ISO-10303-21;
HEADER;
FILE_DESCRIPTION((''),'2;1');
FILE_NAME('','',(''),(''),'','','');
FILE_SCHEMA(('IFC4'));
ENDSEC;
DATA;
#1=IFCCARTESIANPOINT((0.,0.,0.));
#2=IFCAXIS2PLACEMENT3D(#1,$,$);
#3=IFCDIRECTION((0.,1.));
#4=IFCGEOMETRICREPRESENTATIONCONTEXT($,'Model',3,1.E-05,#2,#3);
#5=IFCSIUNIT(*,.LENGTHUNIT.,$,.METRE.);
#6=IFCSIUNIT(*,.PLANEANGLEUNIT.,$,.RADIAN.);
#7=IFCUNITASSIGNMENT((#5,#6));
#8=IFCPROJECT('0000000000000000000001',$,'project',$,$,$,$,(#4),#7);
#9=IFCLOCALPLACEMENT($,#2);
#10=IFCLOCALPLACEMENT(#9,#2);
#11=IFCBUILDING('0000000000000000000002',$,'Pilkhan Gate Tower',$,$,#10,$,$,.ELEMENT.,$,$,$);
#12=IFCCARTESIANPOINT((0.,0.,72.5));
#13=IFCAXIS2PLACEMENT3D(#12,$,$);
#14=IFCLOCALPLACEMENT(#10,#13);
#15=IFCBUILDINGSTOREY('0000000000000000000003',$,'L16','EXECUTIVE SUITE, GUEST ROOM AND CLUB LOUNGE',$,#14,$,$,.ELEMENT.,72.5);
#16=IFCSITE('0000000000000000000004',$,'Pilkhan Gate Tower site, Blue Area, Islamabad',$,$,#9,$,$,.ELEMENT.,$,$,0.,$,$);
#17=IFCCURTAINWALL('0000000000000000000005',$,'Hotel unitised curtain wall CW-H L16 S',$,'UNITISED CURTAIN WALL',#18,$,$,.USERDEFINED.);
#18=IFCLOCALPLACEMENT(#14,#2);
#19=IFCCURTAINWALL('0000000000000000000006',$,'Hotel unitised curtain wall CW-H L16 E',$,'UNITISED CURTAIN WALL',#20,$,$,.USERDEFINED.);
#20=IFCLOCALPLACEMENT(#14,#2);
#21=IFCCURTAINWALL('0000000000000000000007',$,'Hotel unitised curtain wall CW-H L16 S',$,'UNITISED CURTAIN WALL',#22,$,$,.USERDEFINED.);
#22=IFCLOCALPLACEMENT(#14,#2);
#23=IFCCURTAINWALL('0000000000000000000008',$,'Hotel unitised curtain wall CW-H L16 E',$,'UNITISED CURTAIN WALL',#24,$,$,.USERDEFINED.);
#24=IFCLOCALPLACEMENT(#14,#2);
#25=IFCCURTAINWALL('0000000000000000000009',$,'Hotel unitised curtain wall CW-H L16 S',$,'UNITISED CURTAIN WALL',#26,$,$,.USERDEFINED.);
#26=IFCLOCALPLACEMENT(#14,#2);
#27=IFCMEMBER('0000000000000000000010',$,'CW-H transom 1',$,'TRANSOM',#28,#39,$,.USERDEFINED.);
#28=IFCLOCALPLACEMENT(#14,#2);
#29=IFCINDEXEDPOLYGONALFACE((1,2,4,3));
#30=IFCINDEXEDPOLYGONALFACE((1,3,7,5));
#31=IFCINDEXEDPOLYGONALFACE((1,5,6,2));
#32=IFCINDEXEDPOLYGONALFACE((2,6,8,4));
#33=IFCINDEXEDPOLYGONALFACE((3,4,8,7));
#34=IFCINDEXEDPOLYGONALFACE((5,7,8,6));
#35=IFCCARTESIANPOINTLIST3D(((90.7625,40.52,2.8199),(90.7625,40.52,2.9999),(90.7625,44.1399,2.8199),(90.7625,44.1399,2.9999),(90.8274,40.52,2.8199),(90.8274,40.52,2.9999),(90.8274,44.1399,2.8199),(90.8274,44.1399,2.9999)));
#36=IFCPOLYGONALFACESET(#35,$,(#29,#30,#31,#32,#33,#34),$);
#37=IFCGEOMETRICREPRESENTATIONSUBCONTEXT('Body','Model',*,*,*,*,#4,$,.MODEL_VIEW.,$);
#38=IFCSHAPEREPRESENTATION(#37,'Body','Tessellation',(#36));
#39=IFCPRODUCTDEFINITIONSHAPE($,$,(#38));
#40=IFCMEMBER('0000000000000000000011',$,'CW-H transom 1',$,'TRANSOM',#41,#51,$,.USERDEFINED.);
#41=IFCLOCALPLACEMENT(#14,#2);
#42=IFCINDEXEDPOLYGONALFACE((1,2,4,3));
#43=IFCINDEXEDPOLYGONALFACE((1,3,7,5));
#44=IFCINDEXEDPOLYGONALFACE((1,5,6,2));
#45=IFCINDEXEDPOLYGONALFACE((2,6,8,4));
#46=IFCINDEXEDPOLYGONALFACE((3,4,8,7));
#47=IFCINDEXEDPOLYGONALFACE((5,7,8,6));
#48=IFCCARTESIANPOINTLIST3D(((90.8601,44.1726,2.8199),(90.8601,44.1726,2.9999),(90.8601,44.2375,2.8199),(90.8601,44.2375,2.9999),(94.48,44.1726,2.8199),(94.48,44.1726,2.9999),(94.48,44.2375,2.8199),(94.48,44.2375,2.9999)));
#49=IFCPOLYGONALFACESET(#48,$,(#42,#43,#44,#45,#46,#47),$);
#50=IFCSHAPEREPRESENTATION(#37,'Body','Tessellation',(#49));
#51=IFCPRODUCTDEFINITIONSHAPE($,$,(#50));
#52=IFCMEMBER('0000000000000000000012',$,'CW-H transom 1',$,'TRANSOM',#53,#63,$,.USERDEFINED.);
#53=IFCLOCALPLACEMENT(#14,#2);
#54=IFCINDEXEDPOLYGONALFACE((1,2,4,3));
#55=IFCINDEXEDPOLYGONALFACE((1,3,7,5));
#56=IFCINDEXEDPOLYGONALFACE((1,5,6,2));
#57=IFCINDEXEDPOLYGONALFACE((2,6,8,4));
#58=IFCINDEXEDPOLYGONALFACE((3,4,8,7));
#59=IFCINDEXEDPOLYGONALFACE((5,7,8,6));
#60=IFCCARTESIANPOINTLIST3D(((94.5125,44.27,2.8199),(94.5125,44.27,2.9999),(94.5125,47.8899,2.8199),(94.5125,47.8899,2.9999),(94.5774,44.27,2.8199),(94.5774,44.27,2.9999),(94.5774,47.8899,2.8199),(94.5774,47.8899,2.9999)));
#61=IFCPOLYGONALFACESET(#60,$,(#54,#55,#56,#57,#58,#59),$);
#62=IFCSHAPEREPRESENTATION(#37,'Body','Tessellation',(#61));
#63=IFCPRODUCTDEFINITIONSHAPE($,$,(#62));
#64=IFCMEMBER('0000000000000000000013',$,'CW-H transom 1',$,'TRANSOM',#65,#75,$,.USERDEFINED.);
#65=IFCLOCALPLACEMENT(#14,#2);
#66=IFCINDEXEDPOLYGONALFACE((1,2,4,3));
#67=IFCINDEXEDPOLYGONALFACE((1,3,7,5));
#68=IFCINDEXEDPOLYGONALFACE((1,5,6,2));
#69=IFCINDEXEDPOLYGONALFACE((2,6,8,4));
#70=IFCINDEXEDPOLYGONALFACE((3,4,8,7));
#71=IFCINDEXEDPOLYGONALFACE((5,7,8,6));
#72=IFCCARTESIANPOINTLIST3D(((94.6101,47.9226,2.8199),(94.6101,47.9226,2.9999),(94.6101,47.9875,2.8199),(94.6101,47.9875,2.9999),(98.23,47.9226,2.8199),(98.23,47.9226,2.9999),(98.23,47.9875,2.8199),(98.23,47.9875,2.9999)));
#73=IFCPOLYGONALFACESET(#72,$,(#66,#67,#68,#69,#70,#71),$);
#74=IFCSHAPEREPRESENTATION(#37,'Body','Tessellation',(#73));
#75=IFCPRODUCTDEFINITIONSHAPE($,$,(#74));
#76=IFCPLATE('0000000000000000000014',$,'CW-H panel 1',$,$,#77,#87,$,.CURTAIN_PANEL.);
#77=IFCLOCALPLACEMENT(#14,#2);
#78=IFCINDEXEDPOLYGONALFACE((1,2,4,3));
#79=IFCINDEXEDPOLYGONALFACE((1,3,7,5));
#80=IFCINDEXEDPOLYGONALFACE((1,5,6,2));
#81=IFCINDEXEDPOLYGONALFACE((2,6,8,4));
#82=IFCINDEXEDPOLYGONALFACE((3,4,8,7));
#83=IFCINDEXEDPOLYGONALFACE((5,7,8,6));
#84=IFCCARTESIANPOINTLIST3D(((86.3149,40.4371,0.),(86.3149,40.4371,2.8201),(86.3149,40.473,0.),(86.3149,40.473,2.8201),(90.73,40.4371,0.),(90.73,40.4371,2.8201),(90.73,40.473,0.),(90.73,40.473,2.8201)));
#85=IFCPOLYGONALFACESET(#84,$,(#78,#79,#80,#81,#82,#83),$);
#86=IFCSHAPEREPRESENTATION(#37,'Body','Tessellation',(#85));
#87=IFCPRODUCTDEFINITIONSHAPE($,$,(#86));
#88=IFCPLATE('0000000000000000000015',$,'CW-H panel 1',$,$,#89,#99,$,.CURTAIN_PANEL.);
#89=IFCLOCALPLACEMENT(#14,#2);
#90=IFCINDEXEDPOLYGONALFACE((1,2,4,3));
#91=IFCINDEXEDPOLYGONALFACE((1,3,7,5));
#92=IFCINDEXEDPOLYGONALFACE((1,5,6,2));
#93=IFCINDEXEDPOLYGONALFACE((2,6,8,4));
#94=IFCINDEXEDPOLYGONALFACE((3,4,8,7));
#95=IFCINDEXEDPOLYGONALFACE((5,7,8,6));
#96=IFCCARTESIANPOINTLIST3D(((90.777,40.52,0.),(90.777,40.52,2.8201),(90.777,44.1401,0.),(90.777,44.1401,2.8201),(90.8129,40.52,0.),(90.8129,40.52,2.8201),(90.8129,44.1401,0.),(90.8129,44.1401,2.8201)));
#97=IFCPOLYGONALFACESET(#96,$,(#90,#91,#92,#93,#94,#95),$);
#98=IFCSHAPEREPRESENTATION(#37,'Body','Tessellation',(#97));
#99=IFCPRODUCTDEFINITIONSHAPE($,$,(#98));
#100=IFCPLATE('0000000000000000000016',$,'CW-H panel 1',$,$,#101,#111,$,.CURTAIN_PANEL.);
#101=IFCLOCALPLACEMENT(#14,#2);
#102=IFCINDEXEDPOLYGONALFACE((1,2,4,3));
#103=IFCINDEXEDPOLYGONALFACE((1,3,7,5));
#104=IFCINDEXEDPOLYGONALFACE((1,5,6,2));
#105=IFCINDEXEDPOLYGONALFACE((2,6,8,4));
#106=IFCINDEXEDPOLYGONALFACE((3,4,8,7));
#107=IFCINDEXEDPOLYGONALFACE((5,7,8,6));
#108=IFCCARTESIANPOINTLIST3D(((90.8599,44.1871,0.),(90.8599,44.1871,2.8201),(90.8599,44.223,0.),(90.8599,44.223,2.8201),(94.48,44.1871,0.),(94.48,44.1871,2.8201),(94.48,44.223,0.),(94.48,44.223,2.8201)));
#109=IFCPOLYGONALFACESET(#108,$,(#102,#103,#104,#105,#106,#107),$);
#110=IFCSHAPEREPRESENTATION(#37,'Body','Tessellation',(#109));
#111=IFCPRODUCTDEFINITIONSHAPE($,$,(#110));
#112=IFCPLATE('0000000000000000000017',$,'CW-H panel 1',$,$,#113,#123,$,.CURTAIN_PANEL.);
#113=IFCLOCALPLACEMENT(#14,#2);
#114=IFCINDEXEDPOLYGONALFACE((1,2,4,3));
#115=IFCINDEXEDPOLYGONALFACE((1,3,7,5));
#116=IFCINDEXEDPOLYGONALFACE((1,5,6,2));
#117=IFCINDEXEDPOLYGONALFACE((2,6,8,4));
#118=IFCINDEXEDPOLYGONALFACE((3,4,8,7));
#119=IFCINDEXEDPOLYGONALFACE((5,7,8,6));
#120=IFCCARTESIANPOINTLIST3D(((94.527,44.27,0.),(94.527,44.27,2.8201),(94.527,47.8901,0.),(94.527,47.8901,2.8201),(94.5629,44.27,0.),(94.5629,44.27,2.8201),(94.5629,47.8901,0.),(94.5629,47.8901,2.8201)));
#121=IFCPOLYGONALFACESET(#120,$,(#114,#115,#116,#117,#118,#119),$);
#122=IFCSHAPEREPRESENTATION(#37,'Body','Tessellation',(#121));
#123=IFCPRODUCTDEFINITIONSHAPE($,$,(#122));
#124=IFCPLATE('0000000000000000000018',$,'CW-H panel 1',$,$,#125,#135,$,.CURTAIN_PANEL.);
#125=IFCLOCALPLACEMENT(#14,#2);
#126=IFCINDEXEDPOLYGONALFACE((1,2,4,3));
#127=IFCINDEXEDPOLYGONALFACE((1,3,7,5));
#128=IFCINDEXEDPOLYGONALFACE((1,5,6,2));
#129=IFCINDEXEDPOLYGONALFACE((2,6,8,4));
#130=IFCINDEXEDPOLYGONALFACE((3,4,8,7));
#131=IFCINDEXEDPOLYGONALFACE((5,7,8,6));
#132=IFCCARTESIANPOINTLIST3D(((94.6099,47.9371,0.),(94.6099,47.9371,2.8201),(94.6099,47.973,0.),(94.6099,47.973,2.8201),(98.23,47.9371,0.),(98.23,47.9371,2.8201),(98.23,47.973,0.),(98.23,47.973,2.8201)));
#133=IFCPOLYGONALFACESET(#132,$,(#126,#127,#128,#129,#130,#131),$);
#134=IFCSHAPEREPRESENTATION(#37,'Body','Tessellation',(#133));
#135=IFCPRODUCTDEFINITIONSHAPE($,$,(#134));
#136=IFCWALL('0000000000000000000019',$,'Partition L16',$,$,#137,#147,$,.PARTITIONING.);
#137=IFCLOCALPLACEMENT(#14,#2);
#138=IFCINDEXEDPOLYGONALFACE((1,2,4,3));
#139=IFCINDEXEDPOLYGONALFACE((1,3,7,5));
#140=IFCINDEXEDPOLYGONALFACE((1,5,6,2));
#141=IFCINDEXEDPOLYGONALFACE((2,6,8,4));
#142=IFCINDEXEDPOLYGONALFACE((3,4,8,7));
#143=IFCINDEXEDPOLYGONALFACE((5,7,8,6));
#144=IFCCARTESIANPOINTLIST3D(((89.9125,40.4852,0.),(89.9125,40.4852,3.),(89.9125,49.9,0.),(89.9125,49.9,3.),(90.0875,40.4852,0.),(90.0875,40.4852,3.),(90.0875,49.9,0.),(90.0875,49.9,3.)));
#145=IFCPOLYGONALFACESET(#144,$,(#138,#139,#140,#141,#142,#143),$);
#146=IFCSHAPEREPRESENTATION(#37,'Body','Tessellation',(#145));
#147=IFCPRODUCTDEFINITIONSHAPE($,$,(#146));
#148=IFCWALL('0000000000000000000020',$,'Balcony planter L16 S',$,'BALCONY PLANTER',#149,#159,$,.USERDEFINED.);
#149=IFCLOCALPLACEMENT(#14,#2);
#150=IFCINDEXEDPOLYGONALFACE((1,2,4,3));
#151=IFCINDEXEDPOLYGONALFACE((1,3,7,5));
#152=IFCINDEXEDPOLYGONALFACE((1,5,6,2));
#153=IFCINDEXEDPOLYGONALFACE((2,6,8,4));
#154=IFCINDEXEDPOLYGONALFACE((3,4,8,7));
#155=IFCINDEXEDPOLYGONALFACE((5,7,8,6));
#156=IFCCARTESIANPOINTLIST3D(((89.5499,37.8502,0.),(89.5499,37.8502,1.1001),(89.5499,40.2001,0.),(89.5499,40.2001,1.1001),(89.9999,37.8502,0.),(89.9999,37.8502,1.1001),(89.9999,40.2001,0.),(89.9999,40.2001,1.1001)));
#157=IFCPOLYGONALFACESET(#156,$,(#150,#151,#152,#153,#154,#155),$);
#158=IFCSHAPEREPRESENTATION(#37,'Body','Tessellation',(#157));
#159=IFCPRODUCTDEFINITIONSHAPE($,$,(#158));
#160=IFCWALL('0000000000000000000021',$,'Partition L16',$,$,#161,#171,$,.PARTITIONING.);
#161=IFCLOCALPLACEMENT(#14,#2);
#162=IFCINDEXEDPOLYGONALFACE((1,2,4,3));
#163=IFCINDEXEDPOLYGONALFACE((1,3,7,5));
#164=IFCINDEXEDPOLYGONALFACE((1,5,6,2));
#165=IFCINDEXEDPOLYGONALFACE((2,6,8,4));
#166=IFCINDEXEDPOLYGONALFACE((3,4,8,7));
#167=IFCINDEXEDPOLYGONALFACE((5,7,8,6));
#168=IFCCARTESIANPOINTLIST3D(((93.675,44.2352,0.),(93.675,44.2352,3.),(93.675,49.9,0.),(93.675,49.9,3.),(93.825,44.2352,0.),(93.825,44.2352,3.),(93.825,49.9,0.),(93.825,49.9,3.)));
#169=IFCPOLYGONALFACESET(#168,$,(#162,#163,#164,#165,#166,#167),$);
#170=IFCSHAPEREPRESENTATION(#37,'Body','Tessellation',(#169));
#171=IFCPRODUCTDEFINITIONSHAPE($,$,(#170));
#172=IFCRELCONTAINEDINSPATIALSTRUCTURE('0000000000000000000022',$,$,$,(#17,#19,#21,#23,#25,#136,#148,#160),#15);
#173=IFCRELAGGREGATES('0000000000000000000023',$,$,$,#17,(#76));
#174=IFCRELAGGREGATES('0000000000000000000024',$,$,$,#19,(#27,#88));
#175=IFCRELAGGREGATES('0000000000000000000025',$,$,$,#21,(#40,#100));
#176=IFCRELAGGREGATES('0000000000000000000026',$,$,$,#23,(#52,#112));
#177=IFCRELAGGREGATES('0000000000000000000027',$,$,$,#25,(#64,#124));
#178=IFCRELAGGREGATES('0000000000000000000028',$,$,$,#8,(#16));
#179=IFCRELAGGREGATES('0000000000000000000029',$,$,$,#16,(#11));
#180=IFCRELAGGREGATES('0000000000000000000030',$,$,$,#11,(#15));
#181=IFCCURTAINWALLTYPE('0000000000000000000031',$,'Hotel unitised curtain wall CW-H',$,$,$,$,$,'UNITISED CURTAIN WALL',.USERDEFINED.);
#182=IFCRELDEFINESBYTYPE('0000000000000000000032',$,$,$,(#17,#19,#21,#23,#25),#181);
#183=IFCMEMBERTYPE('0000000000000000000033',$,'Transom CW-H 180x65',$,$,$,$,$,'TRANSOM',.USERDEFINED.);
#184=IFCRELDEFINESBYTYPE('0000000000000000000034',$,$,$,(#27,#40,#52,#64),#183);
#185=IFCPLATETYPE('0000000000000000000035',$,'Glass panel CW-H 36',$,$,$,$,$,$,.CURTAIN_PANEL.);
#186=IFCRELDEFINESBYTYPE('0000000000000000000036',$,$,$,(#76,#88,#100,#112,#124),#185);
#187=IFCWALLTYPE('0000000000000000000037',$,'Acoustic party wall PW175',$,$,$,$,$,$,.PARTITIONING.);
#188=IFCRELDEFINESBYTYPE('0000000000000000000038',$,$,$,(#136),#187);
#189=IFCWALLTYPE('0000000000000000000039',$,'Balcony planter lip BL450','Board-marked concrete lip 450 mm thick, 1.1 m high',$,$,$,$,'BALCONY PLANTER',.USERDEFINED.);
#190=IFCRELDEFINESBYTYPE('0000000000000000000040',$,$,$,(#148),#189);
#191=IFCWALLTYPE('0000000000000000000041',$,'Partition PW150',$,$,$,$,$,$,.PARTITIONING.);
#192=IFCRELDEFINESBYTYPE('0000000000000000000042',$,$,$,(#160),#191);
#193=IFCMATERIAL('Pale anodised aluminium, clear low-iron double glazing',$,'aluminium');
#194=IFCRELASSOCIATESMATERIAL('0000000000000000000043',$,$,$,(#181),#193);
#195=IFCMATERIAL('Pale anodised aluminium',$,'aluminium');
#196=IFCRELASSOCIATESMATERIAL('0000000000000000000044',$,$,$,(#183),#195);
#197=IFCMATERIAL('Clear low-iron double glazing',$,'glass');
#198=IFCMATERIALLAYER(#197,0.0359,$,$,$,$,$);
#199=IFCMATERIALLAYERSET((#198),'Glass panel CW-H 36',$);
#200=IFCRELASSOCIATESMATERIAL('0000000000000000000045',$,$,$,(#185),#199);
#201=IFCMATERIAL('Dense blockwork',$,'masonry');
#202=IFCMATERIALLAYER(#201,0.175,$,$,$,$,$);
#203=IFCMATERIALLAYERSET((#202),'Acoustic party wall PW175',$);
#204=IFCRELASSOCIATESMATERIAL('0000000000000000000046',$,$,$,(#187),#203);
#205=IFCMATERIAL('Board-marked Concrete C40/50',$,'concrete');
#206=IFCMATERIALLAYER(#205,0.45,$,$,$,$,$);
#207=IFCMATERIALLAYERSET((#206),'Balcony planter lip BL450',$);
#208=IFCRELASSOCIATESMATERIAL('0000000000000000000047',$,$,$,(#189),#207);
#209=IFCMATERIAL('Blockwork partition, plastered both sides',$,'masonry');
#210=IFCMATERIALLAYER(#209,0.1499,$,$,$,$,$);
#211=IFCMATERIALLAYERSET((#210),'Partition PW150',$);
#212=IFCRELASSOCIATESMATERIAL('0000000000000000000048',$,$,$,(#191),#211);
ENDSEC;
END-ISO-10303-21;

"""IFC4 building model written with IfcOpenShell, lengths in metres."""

from ifc_helpers import new_model, si_unit, direction, frame, frame_2d, origin, origin_2d, place, context, subcontext, project, spatial, rectangle, extrude, material, layer, layer_set, material_profile, profile_set, type_object, element, aggregate, save


model = new_model("IFC4")

# Units and contexts
model_context = context("Model", 3, precision=1e-05, world=origin(), true_north=direction((0.0, 1.0)))
body_context = subcontext(model_context, "Body", "Model", "MODEL_VIEW")
ifc_project = project(units=[si_unit("LENGTHUNIT", "METRE"), si_unit("PLANEANGLEUNIT", "RADIAN")], contexts=[model_context])

# Site, building, storey
site_placement = place(None, origin())
site = spatial("IfcSite", under=ifc_project, at=site_placement, Name="Pilkhan Gate Tower site, Blue Area, Islamabad", CompositionType="ELEMENT", RefElevation=0.0)
building_placement = place(site_placement, origin())
building = spatial("IfcBuilding", under=site, at=building_placement, Name="Pilkhan Gate Tower", CompositionType="ELEMENT")
storey_placement = place(building_placement, frame((0.0, 0.0, 72.5)))
storey = spatial("IfcBuildingStorey", under=building, at=storey_placement, Name="L16", Description="EXECUTIVE SUITE, GUEST ROOM AND CLUB LOUNGE", CompositionType="ELEMENT", Elevation=72.5)

# Curtain walls
ifc_material_1 = material(Name="Pale anodised aluminium, clear low-iron double glazing", Category="aluminium")
curtain_wall_type = type_object("IfcCurtainWallType", Name="Hotel unitised curtain wall CW-H", ElementType="UNITISED CURTAIN WALL", PredefinedType="USERDEFINED", material=ifc_material_1)
curtain_wall_1_placement = place(storey_placement, origin())
curtain_wall_1 = element("IfcCurtainWall", 1, at=curtain_wall_1_placement, inside=storey, type_object=curtain_wall_type, Name="Hotel unitised curtain wall CW-H L16 S", ObjectType="UNITISED CURTAIN WALL", PredefinedType="USERDEFINED")
ifc_material_2 = material(Name="Pale anodised aluminium", Category="aluminium")
curtain_wall_2_placement = place(storey_placement, origin())
curtain_wall_2 = element("IfcCurtainWall", 2, at=curtain_wall_2_placement, inside=storey, type_object=curtain_wall_type, Name="Hotel unitised curtain wall CW-H L16 E", ObjectType="UNITISED CURTAIN WALL", PredefinedType="USERDEFINED")
curtain_wall_3_placement = place(storey_placement, origin())
curtain_wall_3 = element("IfcCurtainWall", 3, at=curtain_wall_3_placement, inside=storey, type_object=curtain_wall_type, Name="Hotel unitised curtain wall CW-H L16 S", ObjectType="UNITISED CURTAIN WALL", PredefinedType="USERDEFINED")
curtain_wall_4_placement = place(storey_placement, origin())
curtain_wall_4 = element("IfcCurtainWall", 4, at=curtain_wall_4_placement, inside=storey, type_object=curtain_wall_type, Name="Hotel unitised curtain wall CW-H L16 E", ObjectType="UNITISED CURTAIN WALL", PredefinedType="USERDEFINED")
curtain_wall_5_placement = place(storey_placement, origin())
curtain_wall_5 = element("IfcCurtainWall", 5, at=curtain_wall_5_placement, inside=storey, type_object=curtain_wall_type, Name="Hotel unitised curtain wall CW-H L16 S", ObjectType="UNITISED CURTAIN WALL", PredefinedType="USERDEFINED")

# Members
ifc_material_profile_1 = material_profile(ifc_material_2, rectangle(XDim=0.0649, YDim=0.1799, at=origin_2d()), Name="Transom 180x65")
ifc_profile_set_1 = profile_set([ifc_material_profile_1], Name="Pale anodised aluminium")
member_type_1 = type_object("IfcMemberType", Name="Transom CW-H 180x65", ElementType="TRANSOM", PredefinedType="USERDEFINED", material=ifc_profile_set_1)
member_1_placement = place(storey_placement, frame((90.7949, 40.52, 2.9099), z_axis=(0.0, 1.0, 0.0), x_axis=(-1.0, 0.0, 0.0)))
member_1 = element("IfcMember", 6, at=member_1_placement, type_object=member_type_1, Name="CW-H transom 1", ObjectType="TRANSOM", PredefinedType="USERDEFINED", context=body_context, shape_type="SweptSolid", body=[
    extrude(rectangle(XDim=0.0649, YDim=0.1799, at=origin_2d()), origin(), (0.0, 0.0, 1.0), 3.6199),
])
member_2_placement = place(storey_placement, frame((90.8601, 44.2051, 2.9099), z_axis=(1.0, 0.0, 0.0), x_axis=(0.0, 1.0, 0.0)))
member_2 = element("IfcMember", 7, at=member_2_placement, type_object=member_type_1, Name="CW-H transom 1", ObjectType="TRANSOM", PredefinedType="USERDEFINED", context=body_context, shape_type="SweptSolid", body=[
    extrude(rectangle(XDim=0.0649, YDim=0.1799, at=origin_2d()), origin(), (0.0, 0.0, 1.0), 3.6199),
])
member_3_placement = place(storey_placement, frame((94.5449, 44.27, 2.9099), z_axis=(0.0, 1.0, 0.0), x_axis=(-1.0, 0.0, 0.0)))
member_3 = element("IfcMember", 8, at=member_3_placement, type_object=member_type_1, Name="CW-H transom 1", ObjectType="TRANSOM", PredefinedType="USERDEFINED", context=body_context, shape_type="SweptSolid", body=[
    extrude(rectangle(XDim=0.0649, YDim=0.1799, at=origin_2d()), origin(), (0.0, 0.0, 1.0), 3.6199),
])
member_4_placement = place(storey_placement, frame((94.6101, 47.9551, 2.9099), z_axis=(1.0, 0.0, 0.0), x_axis=(0.0, 1.0, 0.0)))
member_4 = element("IfcMember", 9, at=member_4_placement, type_object=member_type_1, Name="CW-H transom 1", ObjectType="TRANSOM", PredefinedType="USERDEFINED", context=body_context, shape_type="SweptSolid", body=[
    extrude(rectangle(XDim=0.0649, YDim=0.1799, at=origin_2d()), origin(), (0.0, 0.0, 1.0), 3.6199),
])

# Plates
ifc_material_3 = material(Name="Clear low-iron double glazing", Category="glass")
ifc_layer_1 = layer(ifc_material_3, 0.0359)
ifc_layer_set_1 = layer_set([ifc_layer_1], Name="Glass panel CW-H 36")
plate_type = type_object("IfcPlateType", Name="Glass panel CW-H 36", PredefinedType="CURTAIN_PANEL", material=ifc_layer_set_1)
plate_1_placement = place(storey_placement, frame((88.5225, 40.4551, 0.0), z_axis=(0.0, 0.0, 1.0), x_axis=(1.0, 0.0, 0.0)))
plate_1 = element("IfcPlate", 10, at=plate_1_placement, type_object=plate_type, Name="CW-H panel 1", PredefinedType="CURTAIN_PANEL", context=body_context, shape_type="SweptSolid", body=[
    extrude(rectangle(XDim=4.415, YDim=0.0359, at=origin_2d()), origin(), (0.0, 0.0, 1.0), 2.8201),
])
aggregate(curtain_wall_1, [plate_1])
plate_2_placement = place(storey_placement, frame((90.7949, 42.3301, 0.0), z_axis=(0.0, 0.0, 1.0), x_axis=(0.0, 1.0, 0.0)))
plate_2 = element("IfcPlate", 11, at=plate_2_placement, type_object=plate_type, Name="CW-H panel 1", PredefinedType="CURTAIN_PANEL", context=body_context, shape_type="SweptSolid", body=[
    extrude(rectangle(XDim=3.6201, YDim=0.0359, at=origin_2d()), origin(), (0.0, 0.0, 1.0), 2.8201),
])
aggregate(curtain_wall_2, [member_1, plate_2])
plate_3_placement = place(storey_placement, frame((92.6699, 44.2051, 0.0), z_axis=(0.0, 0.0, 1.0), x_axis=(1.0, 0.0, 0.0)))
plate_3 = element("IfcPlate", 12, at=plate_3_placement, type_object=plate_type, Name="CW-H panel 1", PredefinedType="CURTAIN_PANEL", context=body_context, shape_type="SweptSolid", body=[
    extrude(rectangle(XDim=3.6201, YDim=0.0359, at=origin_2d()), origin(), (0.0, 0.0, 1.0), 2.8201),
])
aggregate(curtain_wall_3, [member_2, plate_3])
plate_4_placement = place(storey_placement, frame((94.5449, 46.0801, 0.0), z_axis=(0.0, 0.0, 1.0), x_axis=(0.0, 1.0, 0.0)))
plate_4 = element("IfcPlate", 13, at=plate_4_placement, type_object=plate_type, Name="CW-H panel 1", PredefinedType="CURTAIN_PANEL", context=body_context, shape_type="SweptSolid", body=[
    extrude(rectangle(XDim=3.6201, YDim=0.0359, at=origin_2d()), origin(), (0.0, 0.0, 1.0), 2.8201),
])
aggregate(curtain_wall_4, [member_3, plate_4])
plate_5_placement = place(storey_placement, frame((96.4199, 47.9551, 0.0), z_axis=(0.0, 0.0, 1.0), x_axis=(1.0, 0.0, 0.0)))
plate_5 = element("IfcPlate", 14, at=plate_5_placement, type_object=plate_type, Name="CW-H panel 1", PredefinedType="CURTAIN_PANEL", context=body_context, shape_type="SweptSolid", body=[
    extrude(rectangle(XDim=3.6201, YDim=0.0359, at=origin_2d()), origin(), (0.0, 0.0, 1.0), 2.8201),
])
aggregate(curtain_wall_5, [member_4, plate_5])

# Walls
ifc_material_4 = material(Name="Dense blockwork", Category="masonry")
ifc_layer_2 = layer(ifc_material_4, 0.175)
ifc_layer_set_2 = layer_set([ifc_layer_2], Name="Acoustic party wall PW175")
wall_type_1 = type_object("IfcWallType", Name="Acoustic party wall PW175", PredefinedType="PARTITIONING", material=ifc_layer_set_2)
wall_1_placement = place(storey_placement, frame((90.0, 40.4851, 0.0), z_axis=(0.0, 0.0, 1.0), x_axis=(0.0, 1.0, 0.0)))
element("IfcWall", 15, at=wall_1_placement, inside=storey, type_object=wall_type_1, Name="Partition L16", PredefinedType="PARTITIONING", context=body_context, shape_type="SweptSolid", body=[
    extrude(rectangle(XDim=9.4148, YDim=0.175, at=frame_2d((4.7075, 0.0))), origin(), (0.0, 0.0, 1.0), 3.0),
])
ifc_material_5 = material(Name="Board-marked Concrete C40/50", Category="concrete")
ifc_layer_3 = layer(ifc_material_5, 0.45)
ifc_layer_set_3 = layer_set([ifc_layer_3], Name="Balcony planter lip BL450")
wall_type_2 = type_object("IfcWallType", Name="Balcony planter lip BL450", Description="Board-marked concrete lip 450 mm thick, 1.1 m high", ElementType="BALCONY PLANTER", PredefinedType="USERDEFINED", material=ifc_layer_set_3)
wall_2_placement = place(storey_placement, frame((89.7749, 40.2, 0.0), z_axis=(0.0, 0.0, 1.0), x_axis=(0.0, -1.0, 0.0)))
element("IfcWall", 16, at=wall_2_placement, inside=storey, type_object=wall_type_2, Name="Balcony planter L16 S", ObjectType="BALCONY PLANTER", PredefinedType="USERDEFINED", context=body_context, shape_type="SweptSolid", body=[
    extrude(rectangle(XDim=2.3499, YDim=0.45, at=frame_2d((1.1748, 0.0))), origin(), (0.0, 0.0, 1.0), 1.1001),
])
ifc_material_6 = material(Name="Blockwork partition, plastered both sides", Category="masonry")
ifc_layer_4 = layer(ifc_material_6, 0.1499)
ifc_layer_set_4 = layer_set([ifc_layer_4], Name="Partition PW150")
wall_type_3 = type_object("IfcWallType", Name="Partition PW150", PredefinedType="PARTITIONING", material=ifc_layer_set_4)
wall_3_placement = place(storey_placement, frame((93.75, 44.2351, 0.0), z_axis=(0.0, 0.0, 1.0), x_axis=(0.0, 1.0, 0.0)))
element("IfcWall", 17, at=wall_3_placement, inside=storey, type_object=wall_type_3, Name="Partition L16", PredefinedType="PARTITIONING", context=body_context, shape_type="SweptSolid", body=[
    extrude(rectangle(XDim=5.6648, YDim=0.1499, at=frame_2d((2.8325, 0.0))), origin(), (0.0, 0.0, 1.0), 3.0),
])

save(model, "model.ifc")
